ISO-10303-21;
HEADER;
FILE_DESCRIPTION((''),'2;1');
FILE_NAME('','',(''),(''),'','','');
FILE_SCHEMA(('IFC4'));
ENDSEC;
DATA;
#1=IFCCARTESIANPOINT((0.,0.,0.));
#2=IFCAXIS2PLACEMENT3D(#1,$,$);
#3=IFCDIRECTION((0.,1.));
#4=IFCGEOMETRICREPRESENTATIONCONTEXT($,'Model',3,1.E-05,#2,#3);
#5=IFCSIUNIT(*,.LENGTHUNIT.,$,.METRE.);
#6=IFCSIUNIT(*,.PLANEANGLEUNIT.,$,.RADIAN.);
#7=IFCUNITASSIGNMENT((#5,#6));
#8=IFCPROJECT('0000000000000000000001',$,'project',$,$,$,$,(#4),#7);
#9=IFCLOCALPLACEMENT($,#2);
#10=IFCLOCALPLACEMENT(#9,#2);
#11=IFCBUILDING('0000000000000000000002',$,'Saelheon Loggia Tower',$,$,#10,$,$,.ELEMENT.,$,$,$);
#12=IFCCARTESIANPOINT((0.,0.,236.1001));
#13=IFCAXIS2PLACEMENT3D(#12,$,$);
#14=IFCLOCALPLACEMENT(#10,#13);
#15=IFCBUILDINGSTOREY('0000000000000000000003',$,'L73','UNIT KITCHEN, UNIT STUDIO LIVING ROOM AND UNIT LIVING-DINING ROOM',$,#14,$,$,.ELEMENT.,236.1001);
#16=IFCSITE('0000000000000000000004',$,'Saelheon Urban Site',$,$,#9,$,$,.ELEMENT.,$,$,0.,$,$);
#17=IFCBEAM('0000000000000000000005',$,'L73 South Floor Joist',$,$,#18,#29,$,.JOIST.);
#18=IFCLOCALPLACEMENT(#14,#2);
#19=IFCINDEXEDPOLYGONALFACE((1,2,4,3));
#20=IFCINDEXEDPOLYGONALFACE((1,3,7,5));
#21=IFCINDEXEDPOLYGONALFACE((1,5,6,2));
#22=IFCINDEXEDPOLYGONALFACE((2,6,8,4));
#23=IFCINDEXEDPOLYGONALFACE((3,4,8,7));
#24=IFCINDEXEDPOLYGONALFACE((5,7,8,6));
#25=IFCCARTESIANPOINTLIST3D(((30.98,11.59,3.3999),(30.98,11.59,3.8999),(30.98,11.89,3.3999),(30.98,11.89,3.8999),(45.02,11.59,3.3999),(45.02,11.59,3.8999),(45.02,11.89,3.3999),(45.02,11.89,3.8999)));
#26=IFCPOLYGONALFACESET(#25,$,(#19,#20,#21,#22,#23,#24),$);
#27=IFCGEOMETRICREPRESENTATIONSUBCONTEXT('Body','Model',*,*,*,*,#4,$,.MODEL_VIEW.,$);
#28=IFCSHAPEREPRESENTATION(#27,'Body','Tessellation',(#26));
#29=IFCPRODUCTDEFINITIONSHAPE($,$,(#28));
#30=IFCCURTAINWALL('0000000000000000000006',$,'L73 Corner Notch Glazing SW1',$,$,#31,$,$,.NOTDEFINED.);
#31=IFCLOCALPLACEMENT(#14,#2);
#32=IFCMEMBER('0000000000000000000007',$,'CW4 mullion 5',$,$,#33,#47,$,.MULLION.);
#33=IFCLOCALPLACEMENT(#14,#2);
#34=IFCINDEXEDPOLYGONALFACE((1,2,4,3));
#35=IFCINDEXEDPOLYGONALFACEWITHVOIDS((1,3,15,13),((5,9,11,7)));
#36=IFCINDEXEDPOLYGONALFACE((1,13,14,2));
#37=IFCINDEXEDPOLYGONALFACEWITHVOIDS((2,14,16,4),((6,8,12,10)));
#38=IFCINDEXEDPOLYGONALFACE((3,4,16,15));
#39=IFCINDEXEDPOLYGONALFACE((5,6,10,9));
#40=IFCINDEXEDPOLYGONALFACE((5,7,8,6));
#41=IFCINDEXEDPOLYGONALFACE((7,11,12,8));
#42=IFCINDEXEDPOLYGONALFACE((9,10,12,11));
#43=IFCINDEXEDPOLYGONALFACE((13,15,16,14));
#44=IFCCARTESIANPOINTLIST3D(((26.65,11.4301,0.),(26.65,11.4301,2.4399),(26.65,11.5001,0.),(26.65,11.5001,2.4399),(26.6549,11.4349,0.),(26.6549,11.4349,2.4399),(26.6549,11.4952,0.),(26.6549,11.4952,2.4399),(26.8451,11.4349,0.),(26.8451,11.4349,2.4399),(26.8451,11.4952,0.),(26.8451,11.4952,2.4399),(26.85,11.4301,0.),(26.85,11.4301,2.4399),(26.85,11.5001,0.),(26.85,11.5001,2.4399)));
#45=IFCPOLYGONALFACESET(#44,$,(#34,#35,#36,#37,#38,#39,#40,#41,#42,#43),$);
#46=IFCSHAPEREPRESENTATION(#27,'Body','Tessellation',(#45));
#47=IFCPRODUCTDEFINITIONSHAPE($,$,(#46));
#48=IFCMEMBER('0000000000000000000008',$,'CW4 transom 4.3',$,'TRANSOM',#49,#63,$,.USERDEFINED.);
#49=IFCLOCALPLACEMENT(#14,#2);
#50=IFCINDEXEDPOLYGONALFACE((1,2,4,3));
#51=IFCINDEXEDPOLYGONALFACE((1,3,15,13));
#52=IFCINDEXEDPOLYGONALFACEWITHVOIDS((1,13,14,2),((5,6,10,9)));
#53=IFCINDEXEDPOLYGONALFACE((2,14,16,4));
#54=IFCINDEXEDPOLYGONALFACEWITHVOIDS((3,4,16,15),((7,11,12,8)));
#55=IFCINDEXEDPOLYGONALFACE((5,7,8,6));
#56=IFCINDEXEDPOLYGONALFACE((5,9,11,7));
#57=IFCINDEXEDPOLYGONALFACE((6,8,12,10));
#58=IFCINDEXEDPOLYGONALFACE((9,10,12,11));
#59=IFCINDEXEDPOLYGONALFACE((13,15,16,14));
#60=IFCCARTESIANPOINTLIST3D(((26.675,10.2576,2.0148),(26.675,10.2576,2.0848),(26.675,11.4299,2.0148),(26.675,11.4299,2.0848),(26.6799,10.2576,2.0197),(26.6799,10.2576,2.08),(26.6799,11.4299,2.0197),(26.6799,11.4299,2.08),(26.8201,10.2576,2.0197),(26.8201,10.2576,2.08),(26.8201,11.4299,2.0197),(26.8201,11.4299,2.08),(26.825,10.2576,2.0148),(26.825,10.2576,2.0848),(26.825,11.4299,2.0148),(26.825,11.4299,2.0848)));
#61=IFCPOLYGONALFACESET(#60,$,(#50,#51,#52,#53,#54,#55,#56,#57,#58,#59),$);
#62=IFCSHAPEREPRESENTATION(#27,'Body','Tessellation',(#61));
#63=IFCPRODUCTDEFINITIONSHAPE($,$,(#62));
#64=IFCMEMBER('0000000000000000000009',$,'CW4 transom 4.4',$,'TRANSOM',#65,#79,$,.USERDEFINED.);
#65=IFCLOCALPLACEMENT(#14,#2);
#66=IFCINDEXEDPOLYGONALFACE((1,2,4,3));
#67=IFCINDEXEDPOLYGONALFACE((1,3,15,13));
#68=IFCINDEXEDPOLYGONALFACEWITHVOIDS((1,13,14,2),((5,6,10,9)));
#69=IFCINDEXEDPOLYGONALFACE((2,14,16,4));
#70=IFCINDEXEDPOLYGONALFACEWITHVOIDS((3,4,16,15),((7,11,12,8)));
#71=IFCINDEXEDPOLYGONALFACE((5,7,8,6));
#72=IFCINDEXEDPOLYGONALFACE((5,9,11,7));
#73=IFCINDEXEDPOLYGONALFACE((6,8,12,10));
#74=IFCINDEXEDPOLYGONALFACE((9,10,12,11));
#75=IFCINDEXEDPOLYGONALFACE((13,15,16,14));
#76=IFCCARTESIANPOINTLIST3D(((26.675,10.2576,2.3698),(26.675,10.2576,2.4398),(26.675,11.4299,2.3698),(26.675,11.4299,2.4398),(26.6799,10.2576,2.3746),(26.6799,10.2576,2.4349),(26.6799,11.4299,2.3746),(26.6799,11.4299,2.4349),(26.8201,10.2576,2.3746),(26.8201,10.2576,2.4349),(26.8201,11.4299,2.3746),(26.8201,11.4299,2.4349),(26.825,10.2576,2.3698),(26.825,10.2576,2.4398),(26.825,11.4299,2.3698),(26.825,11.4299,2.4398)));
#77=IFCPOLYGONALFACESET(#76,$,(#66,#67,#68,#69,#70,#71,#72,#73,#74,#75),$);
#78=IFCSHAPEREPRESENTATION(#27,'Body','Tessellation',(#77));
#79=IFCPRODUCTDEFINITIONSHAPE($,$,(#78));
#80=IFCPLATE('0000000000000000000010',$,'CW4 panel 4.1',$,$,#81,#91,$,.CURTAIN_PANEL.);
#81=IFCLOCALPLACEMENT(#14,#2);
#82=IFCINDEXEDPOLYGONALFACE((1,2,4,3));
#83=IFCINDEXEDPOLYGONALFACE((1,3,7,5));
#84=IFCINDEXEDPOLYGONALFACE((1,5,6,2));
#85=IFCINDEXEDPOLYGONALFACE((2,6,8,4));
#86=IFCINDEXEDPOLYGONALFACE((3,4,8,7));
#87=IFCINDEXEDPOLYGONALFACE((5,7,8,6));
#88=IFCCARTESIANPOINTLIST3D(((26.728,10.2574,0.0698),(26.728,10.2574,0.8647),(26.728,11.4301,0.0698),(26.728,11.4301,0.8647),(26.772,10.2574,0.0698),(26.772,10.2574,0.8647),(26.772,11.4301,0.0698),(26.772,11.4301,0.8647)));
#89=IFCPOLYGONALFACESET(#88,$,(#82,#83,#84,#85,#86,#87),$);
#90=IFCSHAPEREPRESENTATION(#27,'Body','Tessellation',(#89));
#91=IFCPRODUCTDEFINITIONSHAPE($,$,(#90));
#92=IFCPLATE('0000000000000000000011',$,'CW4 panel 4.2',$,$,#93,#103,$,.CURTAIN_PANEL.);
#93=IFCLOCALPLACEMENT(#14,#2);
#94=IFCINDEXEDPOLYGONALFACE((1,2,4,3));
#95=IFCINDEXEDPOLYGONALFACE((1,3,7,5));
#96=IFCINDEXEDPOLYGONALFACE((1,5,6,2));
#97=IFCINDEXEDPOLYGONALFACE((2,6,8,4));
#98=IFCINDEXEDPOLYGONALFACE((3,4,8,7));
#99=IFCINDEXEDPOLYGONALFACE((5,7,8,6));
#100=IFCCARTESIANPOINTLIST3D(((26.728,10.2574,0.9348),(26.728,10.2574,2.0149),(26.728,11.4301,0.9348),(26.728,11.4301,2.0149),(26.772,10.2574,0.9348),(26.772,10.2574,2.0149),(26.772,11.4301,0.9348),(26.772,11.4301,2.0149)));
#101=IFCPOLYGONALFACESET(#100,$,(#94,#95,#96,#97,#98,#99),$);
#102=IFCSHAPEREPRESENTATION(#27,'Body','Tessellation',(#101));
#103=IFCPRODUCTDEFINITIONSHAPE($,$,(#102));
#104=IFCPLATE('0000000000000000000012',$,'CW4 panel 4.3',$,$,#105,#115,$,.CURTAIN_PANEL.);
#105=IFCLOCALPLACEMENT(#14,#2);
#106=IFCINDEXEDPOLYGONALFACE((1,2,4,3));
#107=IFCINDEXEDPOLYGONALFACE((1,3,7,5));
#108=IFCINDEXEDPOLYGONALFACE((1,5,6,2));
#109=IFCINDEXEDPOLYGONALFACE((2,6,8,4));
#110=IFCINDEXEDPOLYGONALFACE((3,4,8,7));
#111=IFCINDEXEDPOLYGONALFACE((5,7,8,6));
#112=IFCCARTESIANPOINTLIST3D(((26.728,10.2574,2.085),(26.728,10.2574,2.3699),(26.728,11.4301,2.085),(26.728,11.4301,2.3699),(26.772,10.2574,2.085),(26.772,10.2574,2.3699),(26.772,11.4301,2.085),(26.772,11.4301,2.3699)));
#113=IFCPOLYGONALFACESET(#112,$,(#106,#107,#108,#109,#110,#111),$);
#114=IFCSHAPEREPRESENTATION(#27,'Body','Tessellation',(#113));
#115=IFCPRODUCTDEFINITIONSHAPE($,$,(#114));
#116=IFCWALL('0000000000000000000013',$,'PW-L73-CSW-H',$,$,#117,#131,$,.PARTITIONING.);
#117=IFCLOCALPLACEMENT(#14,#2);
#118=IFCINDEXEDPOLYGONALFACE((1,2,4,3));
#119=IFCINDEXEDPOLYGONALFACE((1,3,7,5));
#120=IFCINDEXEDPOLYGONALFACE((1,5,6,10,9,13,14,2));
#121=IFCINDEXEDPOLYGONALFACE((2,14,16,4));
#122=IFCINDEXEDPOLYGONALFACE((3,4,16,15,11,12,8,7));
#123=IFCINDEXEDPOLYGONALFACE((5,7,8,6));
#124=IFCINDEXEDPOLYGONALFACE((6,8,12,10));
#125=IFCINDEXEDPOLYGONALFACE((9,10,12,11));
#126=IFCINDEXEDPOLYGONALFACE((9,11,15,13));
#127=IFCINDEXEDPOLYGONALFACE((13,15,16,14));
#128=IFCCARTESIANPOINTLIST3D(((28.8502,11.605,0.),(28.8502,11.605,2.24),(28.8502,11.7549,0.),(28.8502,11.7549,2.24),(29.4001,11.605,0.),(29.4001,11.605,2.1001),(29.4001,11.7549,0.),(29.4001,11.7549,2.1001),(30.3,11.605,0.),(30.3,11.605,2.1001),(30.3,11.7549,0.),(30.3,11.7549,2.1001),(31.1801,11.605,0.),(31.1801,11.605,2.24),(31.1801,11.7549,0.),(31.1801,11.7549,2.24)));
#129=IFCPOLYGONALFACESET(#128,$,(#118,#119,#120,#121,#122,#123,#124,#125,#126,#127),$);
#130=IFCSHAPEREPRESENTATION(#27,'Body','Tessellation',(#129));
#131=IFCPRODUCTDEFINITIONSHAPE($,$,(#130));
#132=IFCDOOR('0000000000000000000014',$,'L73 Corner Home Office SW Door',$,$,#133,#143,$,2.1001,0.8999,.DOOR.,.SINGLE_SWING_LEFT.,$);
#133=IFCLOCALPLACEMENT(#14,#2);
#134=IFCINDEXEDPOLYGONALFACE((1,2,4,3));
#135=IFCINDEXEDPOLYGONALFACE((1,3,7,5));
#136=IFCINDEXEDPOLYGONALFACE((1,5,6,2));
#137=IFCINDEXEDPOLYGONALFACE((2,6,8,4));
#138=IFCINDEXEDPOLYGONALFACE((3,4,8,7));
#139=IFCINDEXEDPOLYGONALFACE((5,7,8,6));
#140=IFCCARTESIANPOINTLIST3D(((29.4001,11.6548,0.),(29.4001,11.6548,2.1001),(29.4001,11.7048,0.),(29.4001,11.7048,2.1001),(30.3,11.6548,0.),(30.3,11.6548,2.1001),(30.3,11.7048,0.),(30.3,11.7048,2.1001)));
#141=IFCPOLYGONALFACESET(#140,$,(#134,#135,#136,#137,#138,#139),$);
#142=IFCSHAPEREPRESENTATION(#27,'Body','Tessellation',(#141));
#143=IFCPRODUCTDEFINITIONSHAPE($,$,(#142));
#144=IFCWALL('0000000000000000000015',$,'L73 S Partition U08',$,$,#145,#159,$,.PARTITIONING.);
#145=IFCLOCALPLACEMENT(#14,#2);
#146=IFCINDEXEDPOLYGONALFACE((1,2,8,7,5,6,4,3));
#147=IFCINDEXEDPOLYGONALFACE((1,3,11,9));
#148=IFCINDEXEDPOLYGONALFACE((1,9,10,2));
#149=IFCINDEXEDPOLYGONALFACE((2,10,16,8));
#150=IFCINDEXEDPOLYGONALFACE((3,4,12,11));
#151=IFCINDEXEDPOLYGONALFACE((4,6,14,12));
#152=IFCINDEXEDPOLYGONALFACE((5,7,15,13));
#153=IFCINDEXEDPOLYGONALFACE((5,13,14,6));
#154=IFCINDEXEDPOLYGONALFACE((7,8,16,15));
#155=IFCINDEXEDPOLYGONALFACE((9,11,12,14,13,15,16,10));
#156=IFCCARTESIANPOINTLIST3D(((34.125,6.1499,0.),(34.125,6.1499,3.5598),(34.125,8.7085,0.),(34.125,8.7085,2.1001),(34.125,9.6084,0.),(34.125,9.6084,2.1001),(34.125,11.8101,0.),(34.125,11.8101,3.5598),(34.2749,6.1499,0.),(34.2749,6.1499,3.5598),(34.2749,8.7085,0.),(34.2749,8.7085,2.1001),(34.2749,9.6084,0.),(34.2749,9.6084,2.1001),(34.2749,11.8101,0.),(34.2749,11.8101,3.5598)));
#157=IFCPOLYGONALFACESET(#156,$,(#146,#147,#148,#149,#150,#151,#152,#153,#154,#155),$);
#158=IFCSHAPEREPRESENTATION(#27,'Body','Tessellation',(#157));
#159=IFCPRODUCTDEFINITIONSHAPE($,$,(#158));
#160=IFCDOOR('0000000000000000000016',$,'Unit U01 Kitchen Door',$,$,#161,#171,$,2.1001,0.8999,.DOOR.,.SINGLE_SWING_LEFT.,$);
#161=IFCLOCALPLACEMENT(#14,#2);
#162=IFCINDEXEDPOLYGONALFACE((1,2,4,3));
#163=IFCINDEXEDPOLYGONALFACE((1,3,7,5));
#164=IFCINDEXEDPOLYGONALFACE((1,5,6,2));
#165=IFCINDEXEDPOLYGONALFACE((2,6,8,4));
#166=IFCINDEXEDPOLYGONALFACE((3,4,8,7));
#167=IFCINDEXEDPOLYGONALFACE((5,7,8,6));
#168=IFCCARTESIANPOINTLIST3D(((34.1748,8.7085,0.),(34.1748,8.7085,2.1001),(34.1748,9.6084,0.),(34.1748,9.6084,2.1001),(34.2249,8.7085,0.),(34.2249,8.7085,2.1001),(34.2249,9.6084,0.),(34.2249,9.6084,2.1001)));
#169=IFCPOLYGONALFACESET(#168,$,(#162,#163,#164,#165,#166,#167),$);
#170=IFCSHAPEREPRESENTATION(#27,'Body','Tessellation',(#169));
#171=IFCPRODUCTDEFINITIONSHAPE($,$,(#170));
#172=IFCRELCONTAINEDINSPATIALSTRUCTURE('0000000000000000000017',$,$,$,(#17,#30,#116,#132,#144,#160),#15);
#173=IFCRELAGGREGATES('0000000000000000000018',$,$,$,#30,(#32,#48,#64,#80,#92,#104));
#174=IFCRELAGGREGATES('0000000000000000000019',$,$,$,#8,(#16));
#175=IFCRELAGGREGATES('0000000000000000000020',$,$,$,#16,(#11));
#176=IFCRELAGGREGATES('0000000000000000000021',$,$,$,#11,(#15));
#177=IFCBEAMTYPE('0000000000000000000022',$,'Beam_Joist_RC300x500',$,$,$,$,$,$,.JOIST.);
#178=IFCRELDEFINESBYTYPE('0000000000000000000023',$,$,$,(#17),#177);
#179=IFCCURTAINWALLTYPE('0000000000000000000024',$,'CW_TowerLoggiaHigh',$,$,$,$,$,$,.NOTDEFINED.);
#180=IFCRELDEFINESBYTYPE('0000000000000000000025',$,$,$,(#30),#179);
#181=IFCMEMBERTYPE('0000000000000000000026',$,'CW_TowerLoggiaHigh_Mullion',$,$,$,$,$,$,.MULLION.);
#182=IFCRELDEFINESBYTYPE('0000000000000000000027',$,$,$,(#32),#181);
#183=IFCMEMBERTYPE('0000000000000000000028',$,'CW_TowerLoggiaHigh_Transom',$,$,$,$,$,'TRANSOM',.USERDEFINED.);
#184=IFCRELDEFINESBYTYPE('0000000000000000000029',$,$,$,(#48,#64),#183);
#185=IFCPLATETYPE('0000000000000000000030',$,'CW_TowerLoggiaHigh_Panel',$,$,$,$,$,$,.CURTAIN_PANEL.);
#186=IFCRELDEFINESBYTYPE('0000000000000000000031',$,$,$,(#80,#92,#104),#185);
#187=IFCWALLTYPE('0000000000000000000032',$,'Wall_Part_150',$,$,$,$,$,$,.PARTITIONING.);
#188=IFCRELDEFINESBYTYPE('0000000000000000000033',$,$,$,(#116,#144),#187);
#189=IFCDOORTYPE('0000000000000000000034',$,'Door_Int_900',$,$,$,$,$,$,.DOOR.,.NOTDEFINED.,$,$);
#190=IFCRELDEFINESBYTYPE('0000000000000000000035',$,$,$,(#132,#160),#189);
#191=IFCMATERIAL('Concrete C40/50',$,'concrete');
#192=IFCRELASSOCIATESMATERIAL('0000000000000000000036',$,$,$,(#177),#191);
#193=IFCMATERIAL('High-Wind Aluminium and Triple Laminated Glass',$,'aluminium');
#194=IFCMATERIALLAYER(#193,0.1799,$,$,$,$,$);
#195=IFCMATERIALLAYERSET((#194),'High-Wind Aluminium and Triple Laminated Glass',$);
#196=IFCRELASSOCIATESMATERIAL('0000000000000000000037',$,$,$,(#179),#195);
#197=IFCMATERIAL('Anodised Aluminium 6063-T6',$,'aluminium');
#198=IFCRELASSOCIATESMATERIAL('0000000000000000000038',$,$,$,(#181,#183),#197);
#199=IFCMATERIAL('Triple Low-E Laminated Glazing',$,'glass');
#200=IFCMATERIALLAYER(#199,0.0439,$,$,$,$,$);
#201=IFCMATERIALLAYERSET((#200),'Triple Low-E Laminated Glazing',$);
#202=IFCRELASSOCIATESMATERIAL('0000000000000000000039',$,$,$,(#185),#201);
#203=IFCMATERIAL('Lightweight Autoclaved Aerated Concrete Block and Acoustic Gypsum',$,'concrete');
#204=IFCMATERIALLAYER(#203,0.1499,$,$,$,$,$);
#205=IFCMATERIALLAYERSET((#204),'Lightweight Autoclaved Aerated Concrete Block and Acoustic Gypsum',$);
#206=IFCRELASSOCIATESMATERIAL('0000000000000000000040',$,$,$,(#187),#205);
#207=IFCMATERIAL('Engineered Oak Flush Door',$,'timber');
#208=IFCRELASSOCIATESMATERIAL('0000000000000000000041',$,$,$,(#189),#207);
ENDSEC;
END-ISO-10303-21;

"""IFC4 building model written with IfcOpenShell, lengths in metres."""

from ifc_helpers import new_model, si_unit, direction, frame, frame_2d, origin, origin_2d, place, context, subcontext, project, spatial, rectangle, hollow_rectangle, extrude, source, transform, mapped, material, layer, layer_set, material_profile, profile_set, type_object, element, fill, aggregate, save


model = new_model("IFC4")

# Units and contexts
model_context = context("Model", 3, precision=1e-05, world=origin(), true_north=direction((0.0, 1.0)))
body_context = subcontext(model_context, "Body", "Model", "MODEL_VIEW")
ifc_project = project(units=[si_unit("LENGTHUNIT", "METRE"), si_unit("PLANEANGLEUNIT", "RADIAN")], contexts=[model_context])

# Site, building, storey
site_placement = place(None, origin())
site = spatial("IfcSite", under=ifc_project, at=site_placement, Name="Saelheon Urban Site", CompositionType="ELEMENT", RefElevation=0.0)
building_placement = place(site_placement, origin())
building = spatial("IfcBuilding", under=site, at=building_placement, Name="Saelheon Loggia Tower", CompositionType="ELEMENT")
storey_placement = place(building_placement, frame((0.0, 0.0, 236.1001)))
storey = spatial("IfcBuildingStorey", under=building, at=storey_placement, Name="L73", Description="UNIT KITCHEN, UNIT STUDIO LIVING ROOM AND UNIT LIVING-DINING ROOM", CompositionType="ELEMENT", Elevation=236.1001)

# Beam
ifc_material_1 = material(Name="Concrete C40/50", Category="concrete")
ifc_material_profile_1 = material_profile(ifc_material_1, rectangle(XDim=0.3, YDim=0.5, at=origin_2d()), Name="RC-300x500")
ifc_profile_set_1 = profile_set([ifc_material_profile_1], Name="Concrete C40/50")
beam_type = type_object("IfcBeamType", Name="Beam_Joist_RC300x500", PredefinedType="JOIST", material=ifc_profile_set_1)
shared_shape_1 = source(origin(), body_context, "Body", "SweptSolid", [
    extrude(rectangle(XDim=0.3, YDim=0.5, at=origin_2d()), origin(), (0.0, 0.0, 1.0), 14.04),
])
beam_placement = place(storey_placement, frame((30.98, 11.74, 3.6499), z_axis=(1.0, 0.0, 0.0), x_axis=(0.0, 1.0, 0.0)))
element("IfcBeam", 1, at=beam_placement, inside=storey, type_object=beam_type, Name="L73 South Floor Joist", PredefinedType="JOIST", context=body_context, shape_type="MappedRepresentation", body=[
    mapped(shared_shape_1, transform((0.0, 0.0, 0.0), scale=1.0)),
])

# Curtain wall, members, plates
ifc_material_2 = material(Name="High-Wind Aluminium and Triple Laminated Glass", Category="aluminium")
ifc_layer_1 = layer(ifc_material_2, 0.1799)
ifc_layer_set_1 = layer_set([ifc_layer_1], Name="High-Wind Aluminium and Triple Laminated Glass")
curtain_wall_type = type_object("IfcCurtainWallType", Name="CW_TowerLoggiaHigh", PredefinedType="NOTDEFINED", material=ifc_layer_set_1)
curtain_wall_placement = place(storey_placement, origin())
curtain_wall = element("IfcCurtainWall", 2, at=curtain_wall_placement, inside=storey, type_object=curtain_wall_type, Name="L73 Corner Notch Glazing SW1", PredefinedType="NOTDEFINED")
ifc_material_3 = material(Name="Anodised Aluminium 6063-T6", Category="aluminium")
ifc_material_profile_2 = material_profile(ifc_material_3, hollow_rectangle(XDim=0.0701, YDim=0.2, WallThickness=0.0049, at=origin_2d()), Name="RHS-200x70x5")
ifc_profile_set_2 = profile_set([ifc_material_profile_2], Name="Anodised Aluminium 6063-T6")
member_type_1 = type_object("IfcMemberType", Name="CW_TowerLoggiaHigh_Mullion", PredefinedType="MULLION", material=ifc_profile_set_2)
shared_shape_2 = source(origin(), body_context, "Body", "SweptSolid", [
    extrude(hollow_rectangle(XDim=0.0701, YDim=0.2, WallThickness=0.0049, at=origin_2d()), origin(), (0.0, 0.0, 1.0), 2.4399),
])
member_1_placement = place(storey_placement, frame((26.75, 11.4651, 0.0), z_axis=(0.0, 0.0, 1.0), x_axis=(0.0, 1.0, 0.0)))
member_1 = element("IfcMember", 3, at=member_1_placement, type_object=member_type_1, Name="CW4 mullion 5", PredefinedType="MULLION", context=body_context, shape_type="MappedRepresentation", body=[
    mapped(shared_shape_2, transform((0.0, 0.0, 0.0), scale=1.0)),
])
ifc_material_profile_3 = material_profile(ifc_material_3, hollow_rectangle(XDim=0.0701, YDim=0.1499, WallThickness=0.0049, at=origin_2d()), Name="RHS-150x70x5")
ifc_profile_set_3 = profile_set([ifc_material_profile_3], Name="Anodised Aluminium 6063-T6")
member_type_2 = type_object("IfcMemberType", Name="CW_TowerLoggiaHigh_Transom", ElementType="TRANSOM", PredefinedType="USERDEFINED", material=ifc_profile_set_3)
shared_shape_3 = source(origin(), body_context, "Body", "SweptSolid", [
    extrude(hollow_rectangle(XDim=0.0701, YDim=0.1499, WallThickness=0.0049, at=origin_2d()), origin(), (0.0, 0.0, 1.0), 1.1724),
])
member_2_placement = place(storey_placement, frame((26.75, 10.2576, 2.0498), z_axis=(0.0, 1.0, 0.0), x_axis=(0.0, 0.0, 1.0)))
member_2 = element("IfcMember", 4, at=member_2_placement, type_object=member_type_2, Name="CW4 transom 4.3", ObjectType="TRANSOM", PredefinedType="USERDEFINED", context=body_context, shape_type="MappedRepresentation", body=[
    mapped(shared_shape_3, transform((0.0, 0.0, 0.0), scale=1.0)),
])
member_3_placement = place(storey_placement, frame((26.75, 10.2576, 2.4048), z_axis=(0.0, 1.0, 0.0), x_axis=(0.0, 0.0, 1.0)))
member_3 = element("IfcMember", 5, at=member_3_placement, type_object=member_type_2, Name="CW4 transom 4.4", ObjectType="TRANSOM", PredefinedType="USERDEFINED", context=body_context, shape_type="MappedRepresentation", body=[
    mapped(shared_shape_3, transform((0.0, 0.0, 0.0), scale=1.0)),
])
ifc_material_4 = material(Name="Triple Low-E Laminated Glazing", Category="glass")
ifc_layer_2 = layer(ifc_material_4, 0.0439)
ifc_layer_set_2 = layer_set([ifc_layer_2], Name="Triple Low-E Laminated Glazing")
plate_type = type_object("IfcPlateType", Name="CW_TowerLoggiaHigh_Panel", PredefinedType="CURTAIN_PANEL", material=ifc_layer_set_2)
shared_shape_4 = source(origin(), body_context, "Body", "SweptSolid", [
    extrude(rectangle(XDim=1.1726, YDim=0.0439, at=origin_2d()), origin(), (0.0, 0.0, 1.0), 0.7949),
])
plate_1_placement = place(storey_placement, frame((26.75, 10.8438, 0.0698), z_axis=(0.0, 0.0, 1.0), x_axis=(0.0, 1.0, 0.0)))
plate_1 = element("IfcPlate", 6, at=plate_1_placement, type_object=plate_type, Name="CW4 panel 4.1", PredefinedType="CURTAIN_PANEL", context=body_context, shape_type="MappedRepresentation", body=[
    mapped(shared_shape_4, transform((0.0, 0.0, 0.0), scale=1.0)),
])
shared_shape_5 = source(origin(), body_context, "Body", "SweptSolid", [
    extrude(rectangle(XDim=1.1726, YDim=0.0439, at=origin_2d()), origin(), (0.0, 0.0, 1.0), 1.0801),
])
plate_2_placement = place(storey_placement, frame((26.75, 10.8438, 0.9348), z_axis=(0.0, 0.0, 1.0), x_axis=(0.0, 1.0, 0.0)))
plate_2 = element("IfcPlate", 7, at=plate_2_placement, type_object=plate_type, Name="CW4 panel 4.2", PredefinedType="CURTAIN_PANEL", context=body_context, shape_type="MappedRepresentation", body=[
    mapped(shared_shape_5, transform((0.0, 0.0, 0.0), scale=1.0)),
])
shared_shape_6 = source(origin(), body_context, "Body", "SweptSolid", [
    extrude(rectangle(XDim=1.1726, YDim=0.0439, at=origin_2d()), origin(), (0.0, 0.0, 1.0), 0.2849),
])
plate_3_placement = place(storey_placement, frame((26.75, 10.8438, 2.085), z_axis=(0.0, 0.0, 1.0), x_axis=(0.0, 1.0, 0.0)))
plate_3 = element("IfcPlate", 8, at=plate_3_placement, type_object=plate_type, Name="CW4 panel 4.3", PredefinedType="CURTAIN_PANEL", context=body_context, shape_type="MappedRepresentation", body=[
    mapped(shared_shape_6, transform((0.0, 0.0, 0.0), scale=1.0)),
])
aggregate(curtain_wall, [member_1, member_2, member_3, plate_1, plate_2, plate_3])

# Walls, openings, doors
ifc_material_5 = material(Name="Lightweight Autoclaved Aerated Concrete Block and Acoustic Gypsum", Category="concrete")
ifc_layer_3 = layer(ifc_material_5, 0.1499)
ifc_layer_set_3 = layer_set([ifc_layer_3], Name="Lightweight Autoclaved Aerated Concrete Block and Acoustic Gypsum")
wall_type_1 = type_object("IfcWallType", Name="Wall_Part_150", PredefinedType="PARTITIONING", material=ifc_layer_set_3)
wall_1_placement = place(storey_placement, frame((28.8501, 11.6799, 0.0), z_axis=(0.0, 0.0, 1.0), x_axis=(1.0, 0.0, 0.0)))
wall_1 = element("IfcWall", 9, at=wall_1_placement, inside=storey, type_object=wall_type_1, Name="PW-L73-CSW-H", PredefinedType="PARTITIONING", context=body_context, shape_type="SweptSolid", body=[
    extrude(rectangle(XDim=2.3298, YDim=0.1499, at=frame_2d((1.165, 0.0))), origin(), (0.0, 0.0, 1.0), 2.24),
])
opening_1_placement = place(wall_1_placement, frame((0.55, 0.0, 0.0)))
opening_1 = element("IfcOpeningElement", 10, at=opening_1_placement, cuts=wall_1, PredefinedType="OPENING", context=body_context, shape_type="SweptSolid", body=[
    extrude(rectangle(XDim=0.8999, YDim=2.1001, at=frame_2d((0.45, 1.05))), frame((0.0, 0.0869, 0.0), z_axis=(0.0, -1.0, 0.0), x_axis=(1.0, 0.0, 0.0)), (0.0, 0.0, 1.0), 0.1738),
])
ifc_material_6 = material(Name="Engineered Oak Flush Door", Category="timber")
door_type_1 = type_object("IfcDoorType", Name="Door_Int_900", OperationType="NOTDEFINED", PredefinedType="DOOR", material=ifc_material_6)
shared_shape_7 = source(origin(), body_context, "Body", "SweptSolid", [
    extrude(rectangle(XDim=0.8999, YDim=2.1001, at=frame_2d((0.45, 1.05))), frame((0.0, 0.0249, 0.0), z_axis=(0.0, -1.0, 0.0), x_axis=(1.0, 0.0, 0.0)), (0.0, 0.0, 1.0), 0.05),
])
door_1_placement = place(opening_1_placement, origin())
door_1 = element("IfcDoor", 11, at=door_1_placement, inside=storey, type_object=door_type_1, Name="L73 Corner Home Office SW Door", OperationType="SINGLE_SWING_LEFT", OverallHeight=2.1001, OverallWidth=0.8999, PredefinedType="DOOR", context=body_context, shape_type="MappedRepresentation", body=[
    mapped(shared_shape_7, transform((0.0, 0.0, 0.0), scale=1.0)),
])
fill(opening_1, door_1)
wall_2_placement = place(storey_placement, frame((34.2, 11.8101, 0.0), z_axis=(0.0, 0.0, 1.0), x_axis=(0.0, -1.0, 0.0)))
wall_2 = element("IfcWall", 12, at=wall_2_placement, inside=storey, type_object=wall_type_1, Name="L73 S Partition U08", PredefinedType="PARTITIONING", context=body_context, shape_type="SweptSolid", body=[
    extrude(rectangle(XDim=5.6602, YDim=0.1499, at=frame_2d((2.8301, 0.0))), origin(), (0.0, 0.0, 1.0), 3.5598),
])
opening_2_placement = place(wall_2_placement, frame((2.2017, 0.0, 0.0)))
opening_2 = element("IfcOpeningElement", 13, at=opening_2_placement, cuts=wall_2, PredefinedType="OPENING", context=body_context, shape_type="SweptSolid", body=[
    extrude(rectangle(XDim=0.8999, YDim=2.1001, at=frame_2d((0.45, 1.05))), frame((0.0, 0.0869, 0.0), z_axis=(0.0, -1.0, 0.0), x_axis=(1.0, 0.0, 0.0)), (0.0, 0.0, 1.0), 0.1738),
])
door_2_placement = place(opening_2_placement, origin())
door_2 = element("IfcDoor", 14, at=door_2_placement, inside=storey, type_object=door_type_1, Name="Unit U01 Kitchen Door", OperationType="SINGLE_SWING_LEFT", OverallHeight=2.1001, OverallWidth=0.8999, PredefinedType="DOOR", context=body_context, shape_type="MappedRepresentation", body=[
    mapped(shared_shape_7, transform((0.0, 0.0, 0.0), scale=1.0)),
])
fill(opening_2, door_2)

save(model, "model.ifc")
